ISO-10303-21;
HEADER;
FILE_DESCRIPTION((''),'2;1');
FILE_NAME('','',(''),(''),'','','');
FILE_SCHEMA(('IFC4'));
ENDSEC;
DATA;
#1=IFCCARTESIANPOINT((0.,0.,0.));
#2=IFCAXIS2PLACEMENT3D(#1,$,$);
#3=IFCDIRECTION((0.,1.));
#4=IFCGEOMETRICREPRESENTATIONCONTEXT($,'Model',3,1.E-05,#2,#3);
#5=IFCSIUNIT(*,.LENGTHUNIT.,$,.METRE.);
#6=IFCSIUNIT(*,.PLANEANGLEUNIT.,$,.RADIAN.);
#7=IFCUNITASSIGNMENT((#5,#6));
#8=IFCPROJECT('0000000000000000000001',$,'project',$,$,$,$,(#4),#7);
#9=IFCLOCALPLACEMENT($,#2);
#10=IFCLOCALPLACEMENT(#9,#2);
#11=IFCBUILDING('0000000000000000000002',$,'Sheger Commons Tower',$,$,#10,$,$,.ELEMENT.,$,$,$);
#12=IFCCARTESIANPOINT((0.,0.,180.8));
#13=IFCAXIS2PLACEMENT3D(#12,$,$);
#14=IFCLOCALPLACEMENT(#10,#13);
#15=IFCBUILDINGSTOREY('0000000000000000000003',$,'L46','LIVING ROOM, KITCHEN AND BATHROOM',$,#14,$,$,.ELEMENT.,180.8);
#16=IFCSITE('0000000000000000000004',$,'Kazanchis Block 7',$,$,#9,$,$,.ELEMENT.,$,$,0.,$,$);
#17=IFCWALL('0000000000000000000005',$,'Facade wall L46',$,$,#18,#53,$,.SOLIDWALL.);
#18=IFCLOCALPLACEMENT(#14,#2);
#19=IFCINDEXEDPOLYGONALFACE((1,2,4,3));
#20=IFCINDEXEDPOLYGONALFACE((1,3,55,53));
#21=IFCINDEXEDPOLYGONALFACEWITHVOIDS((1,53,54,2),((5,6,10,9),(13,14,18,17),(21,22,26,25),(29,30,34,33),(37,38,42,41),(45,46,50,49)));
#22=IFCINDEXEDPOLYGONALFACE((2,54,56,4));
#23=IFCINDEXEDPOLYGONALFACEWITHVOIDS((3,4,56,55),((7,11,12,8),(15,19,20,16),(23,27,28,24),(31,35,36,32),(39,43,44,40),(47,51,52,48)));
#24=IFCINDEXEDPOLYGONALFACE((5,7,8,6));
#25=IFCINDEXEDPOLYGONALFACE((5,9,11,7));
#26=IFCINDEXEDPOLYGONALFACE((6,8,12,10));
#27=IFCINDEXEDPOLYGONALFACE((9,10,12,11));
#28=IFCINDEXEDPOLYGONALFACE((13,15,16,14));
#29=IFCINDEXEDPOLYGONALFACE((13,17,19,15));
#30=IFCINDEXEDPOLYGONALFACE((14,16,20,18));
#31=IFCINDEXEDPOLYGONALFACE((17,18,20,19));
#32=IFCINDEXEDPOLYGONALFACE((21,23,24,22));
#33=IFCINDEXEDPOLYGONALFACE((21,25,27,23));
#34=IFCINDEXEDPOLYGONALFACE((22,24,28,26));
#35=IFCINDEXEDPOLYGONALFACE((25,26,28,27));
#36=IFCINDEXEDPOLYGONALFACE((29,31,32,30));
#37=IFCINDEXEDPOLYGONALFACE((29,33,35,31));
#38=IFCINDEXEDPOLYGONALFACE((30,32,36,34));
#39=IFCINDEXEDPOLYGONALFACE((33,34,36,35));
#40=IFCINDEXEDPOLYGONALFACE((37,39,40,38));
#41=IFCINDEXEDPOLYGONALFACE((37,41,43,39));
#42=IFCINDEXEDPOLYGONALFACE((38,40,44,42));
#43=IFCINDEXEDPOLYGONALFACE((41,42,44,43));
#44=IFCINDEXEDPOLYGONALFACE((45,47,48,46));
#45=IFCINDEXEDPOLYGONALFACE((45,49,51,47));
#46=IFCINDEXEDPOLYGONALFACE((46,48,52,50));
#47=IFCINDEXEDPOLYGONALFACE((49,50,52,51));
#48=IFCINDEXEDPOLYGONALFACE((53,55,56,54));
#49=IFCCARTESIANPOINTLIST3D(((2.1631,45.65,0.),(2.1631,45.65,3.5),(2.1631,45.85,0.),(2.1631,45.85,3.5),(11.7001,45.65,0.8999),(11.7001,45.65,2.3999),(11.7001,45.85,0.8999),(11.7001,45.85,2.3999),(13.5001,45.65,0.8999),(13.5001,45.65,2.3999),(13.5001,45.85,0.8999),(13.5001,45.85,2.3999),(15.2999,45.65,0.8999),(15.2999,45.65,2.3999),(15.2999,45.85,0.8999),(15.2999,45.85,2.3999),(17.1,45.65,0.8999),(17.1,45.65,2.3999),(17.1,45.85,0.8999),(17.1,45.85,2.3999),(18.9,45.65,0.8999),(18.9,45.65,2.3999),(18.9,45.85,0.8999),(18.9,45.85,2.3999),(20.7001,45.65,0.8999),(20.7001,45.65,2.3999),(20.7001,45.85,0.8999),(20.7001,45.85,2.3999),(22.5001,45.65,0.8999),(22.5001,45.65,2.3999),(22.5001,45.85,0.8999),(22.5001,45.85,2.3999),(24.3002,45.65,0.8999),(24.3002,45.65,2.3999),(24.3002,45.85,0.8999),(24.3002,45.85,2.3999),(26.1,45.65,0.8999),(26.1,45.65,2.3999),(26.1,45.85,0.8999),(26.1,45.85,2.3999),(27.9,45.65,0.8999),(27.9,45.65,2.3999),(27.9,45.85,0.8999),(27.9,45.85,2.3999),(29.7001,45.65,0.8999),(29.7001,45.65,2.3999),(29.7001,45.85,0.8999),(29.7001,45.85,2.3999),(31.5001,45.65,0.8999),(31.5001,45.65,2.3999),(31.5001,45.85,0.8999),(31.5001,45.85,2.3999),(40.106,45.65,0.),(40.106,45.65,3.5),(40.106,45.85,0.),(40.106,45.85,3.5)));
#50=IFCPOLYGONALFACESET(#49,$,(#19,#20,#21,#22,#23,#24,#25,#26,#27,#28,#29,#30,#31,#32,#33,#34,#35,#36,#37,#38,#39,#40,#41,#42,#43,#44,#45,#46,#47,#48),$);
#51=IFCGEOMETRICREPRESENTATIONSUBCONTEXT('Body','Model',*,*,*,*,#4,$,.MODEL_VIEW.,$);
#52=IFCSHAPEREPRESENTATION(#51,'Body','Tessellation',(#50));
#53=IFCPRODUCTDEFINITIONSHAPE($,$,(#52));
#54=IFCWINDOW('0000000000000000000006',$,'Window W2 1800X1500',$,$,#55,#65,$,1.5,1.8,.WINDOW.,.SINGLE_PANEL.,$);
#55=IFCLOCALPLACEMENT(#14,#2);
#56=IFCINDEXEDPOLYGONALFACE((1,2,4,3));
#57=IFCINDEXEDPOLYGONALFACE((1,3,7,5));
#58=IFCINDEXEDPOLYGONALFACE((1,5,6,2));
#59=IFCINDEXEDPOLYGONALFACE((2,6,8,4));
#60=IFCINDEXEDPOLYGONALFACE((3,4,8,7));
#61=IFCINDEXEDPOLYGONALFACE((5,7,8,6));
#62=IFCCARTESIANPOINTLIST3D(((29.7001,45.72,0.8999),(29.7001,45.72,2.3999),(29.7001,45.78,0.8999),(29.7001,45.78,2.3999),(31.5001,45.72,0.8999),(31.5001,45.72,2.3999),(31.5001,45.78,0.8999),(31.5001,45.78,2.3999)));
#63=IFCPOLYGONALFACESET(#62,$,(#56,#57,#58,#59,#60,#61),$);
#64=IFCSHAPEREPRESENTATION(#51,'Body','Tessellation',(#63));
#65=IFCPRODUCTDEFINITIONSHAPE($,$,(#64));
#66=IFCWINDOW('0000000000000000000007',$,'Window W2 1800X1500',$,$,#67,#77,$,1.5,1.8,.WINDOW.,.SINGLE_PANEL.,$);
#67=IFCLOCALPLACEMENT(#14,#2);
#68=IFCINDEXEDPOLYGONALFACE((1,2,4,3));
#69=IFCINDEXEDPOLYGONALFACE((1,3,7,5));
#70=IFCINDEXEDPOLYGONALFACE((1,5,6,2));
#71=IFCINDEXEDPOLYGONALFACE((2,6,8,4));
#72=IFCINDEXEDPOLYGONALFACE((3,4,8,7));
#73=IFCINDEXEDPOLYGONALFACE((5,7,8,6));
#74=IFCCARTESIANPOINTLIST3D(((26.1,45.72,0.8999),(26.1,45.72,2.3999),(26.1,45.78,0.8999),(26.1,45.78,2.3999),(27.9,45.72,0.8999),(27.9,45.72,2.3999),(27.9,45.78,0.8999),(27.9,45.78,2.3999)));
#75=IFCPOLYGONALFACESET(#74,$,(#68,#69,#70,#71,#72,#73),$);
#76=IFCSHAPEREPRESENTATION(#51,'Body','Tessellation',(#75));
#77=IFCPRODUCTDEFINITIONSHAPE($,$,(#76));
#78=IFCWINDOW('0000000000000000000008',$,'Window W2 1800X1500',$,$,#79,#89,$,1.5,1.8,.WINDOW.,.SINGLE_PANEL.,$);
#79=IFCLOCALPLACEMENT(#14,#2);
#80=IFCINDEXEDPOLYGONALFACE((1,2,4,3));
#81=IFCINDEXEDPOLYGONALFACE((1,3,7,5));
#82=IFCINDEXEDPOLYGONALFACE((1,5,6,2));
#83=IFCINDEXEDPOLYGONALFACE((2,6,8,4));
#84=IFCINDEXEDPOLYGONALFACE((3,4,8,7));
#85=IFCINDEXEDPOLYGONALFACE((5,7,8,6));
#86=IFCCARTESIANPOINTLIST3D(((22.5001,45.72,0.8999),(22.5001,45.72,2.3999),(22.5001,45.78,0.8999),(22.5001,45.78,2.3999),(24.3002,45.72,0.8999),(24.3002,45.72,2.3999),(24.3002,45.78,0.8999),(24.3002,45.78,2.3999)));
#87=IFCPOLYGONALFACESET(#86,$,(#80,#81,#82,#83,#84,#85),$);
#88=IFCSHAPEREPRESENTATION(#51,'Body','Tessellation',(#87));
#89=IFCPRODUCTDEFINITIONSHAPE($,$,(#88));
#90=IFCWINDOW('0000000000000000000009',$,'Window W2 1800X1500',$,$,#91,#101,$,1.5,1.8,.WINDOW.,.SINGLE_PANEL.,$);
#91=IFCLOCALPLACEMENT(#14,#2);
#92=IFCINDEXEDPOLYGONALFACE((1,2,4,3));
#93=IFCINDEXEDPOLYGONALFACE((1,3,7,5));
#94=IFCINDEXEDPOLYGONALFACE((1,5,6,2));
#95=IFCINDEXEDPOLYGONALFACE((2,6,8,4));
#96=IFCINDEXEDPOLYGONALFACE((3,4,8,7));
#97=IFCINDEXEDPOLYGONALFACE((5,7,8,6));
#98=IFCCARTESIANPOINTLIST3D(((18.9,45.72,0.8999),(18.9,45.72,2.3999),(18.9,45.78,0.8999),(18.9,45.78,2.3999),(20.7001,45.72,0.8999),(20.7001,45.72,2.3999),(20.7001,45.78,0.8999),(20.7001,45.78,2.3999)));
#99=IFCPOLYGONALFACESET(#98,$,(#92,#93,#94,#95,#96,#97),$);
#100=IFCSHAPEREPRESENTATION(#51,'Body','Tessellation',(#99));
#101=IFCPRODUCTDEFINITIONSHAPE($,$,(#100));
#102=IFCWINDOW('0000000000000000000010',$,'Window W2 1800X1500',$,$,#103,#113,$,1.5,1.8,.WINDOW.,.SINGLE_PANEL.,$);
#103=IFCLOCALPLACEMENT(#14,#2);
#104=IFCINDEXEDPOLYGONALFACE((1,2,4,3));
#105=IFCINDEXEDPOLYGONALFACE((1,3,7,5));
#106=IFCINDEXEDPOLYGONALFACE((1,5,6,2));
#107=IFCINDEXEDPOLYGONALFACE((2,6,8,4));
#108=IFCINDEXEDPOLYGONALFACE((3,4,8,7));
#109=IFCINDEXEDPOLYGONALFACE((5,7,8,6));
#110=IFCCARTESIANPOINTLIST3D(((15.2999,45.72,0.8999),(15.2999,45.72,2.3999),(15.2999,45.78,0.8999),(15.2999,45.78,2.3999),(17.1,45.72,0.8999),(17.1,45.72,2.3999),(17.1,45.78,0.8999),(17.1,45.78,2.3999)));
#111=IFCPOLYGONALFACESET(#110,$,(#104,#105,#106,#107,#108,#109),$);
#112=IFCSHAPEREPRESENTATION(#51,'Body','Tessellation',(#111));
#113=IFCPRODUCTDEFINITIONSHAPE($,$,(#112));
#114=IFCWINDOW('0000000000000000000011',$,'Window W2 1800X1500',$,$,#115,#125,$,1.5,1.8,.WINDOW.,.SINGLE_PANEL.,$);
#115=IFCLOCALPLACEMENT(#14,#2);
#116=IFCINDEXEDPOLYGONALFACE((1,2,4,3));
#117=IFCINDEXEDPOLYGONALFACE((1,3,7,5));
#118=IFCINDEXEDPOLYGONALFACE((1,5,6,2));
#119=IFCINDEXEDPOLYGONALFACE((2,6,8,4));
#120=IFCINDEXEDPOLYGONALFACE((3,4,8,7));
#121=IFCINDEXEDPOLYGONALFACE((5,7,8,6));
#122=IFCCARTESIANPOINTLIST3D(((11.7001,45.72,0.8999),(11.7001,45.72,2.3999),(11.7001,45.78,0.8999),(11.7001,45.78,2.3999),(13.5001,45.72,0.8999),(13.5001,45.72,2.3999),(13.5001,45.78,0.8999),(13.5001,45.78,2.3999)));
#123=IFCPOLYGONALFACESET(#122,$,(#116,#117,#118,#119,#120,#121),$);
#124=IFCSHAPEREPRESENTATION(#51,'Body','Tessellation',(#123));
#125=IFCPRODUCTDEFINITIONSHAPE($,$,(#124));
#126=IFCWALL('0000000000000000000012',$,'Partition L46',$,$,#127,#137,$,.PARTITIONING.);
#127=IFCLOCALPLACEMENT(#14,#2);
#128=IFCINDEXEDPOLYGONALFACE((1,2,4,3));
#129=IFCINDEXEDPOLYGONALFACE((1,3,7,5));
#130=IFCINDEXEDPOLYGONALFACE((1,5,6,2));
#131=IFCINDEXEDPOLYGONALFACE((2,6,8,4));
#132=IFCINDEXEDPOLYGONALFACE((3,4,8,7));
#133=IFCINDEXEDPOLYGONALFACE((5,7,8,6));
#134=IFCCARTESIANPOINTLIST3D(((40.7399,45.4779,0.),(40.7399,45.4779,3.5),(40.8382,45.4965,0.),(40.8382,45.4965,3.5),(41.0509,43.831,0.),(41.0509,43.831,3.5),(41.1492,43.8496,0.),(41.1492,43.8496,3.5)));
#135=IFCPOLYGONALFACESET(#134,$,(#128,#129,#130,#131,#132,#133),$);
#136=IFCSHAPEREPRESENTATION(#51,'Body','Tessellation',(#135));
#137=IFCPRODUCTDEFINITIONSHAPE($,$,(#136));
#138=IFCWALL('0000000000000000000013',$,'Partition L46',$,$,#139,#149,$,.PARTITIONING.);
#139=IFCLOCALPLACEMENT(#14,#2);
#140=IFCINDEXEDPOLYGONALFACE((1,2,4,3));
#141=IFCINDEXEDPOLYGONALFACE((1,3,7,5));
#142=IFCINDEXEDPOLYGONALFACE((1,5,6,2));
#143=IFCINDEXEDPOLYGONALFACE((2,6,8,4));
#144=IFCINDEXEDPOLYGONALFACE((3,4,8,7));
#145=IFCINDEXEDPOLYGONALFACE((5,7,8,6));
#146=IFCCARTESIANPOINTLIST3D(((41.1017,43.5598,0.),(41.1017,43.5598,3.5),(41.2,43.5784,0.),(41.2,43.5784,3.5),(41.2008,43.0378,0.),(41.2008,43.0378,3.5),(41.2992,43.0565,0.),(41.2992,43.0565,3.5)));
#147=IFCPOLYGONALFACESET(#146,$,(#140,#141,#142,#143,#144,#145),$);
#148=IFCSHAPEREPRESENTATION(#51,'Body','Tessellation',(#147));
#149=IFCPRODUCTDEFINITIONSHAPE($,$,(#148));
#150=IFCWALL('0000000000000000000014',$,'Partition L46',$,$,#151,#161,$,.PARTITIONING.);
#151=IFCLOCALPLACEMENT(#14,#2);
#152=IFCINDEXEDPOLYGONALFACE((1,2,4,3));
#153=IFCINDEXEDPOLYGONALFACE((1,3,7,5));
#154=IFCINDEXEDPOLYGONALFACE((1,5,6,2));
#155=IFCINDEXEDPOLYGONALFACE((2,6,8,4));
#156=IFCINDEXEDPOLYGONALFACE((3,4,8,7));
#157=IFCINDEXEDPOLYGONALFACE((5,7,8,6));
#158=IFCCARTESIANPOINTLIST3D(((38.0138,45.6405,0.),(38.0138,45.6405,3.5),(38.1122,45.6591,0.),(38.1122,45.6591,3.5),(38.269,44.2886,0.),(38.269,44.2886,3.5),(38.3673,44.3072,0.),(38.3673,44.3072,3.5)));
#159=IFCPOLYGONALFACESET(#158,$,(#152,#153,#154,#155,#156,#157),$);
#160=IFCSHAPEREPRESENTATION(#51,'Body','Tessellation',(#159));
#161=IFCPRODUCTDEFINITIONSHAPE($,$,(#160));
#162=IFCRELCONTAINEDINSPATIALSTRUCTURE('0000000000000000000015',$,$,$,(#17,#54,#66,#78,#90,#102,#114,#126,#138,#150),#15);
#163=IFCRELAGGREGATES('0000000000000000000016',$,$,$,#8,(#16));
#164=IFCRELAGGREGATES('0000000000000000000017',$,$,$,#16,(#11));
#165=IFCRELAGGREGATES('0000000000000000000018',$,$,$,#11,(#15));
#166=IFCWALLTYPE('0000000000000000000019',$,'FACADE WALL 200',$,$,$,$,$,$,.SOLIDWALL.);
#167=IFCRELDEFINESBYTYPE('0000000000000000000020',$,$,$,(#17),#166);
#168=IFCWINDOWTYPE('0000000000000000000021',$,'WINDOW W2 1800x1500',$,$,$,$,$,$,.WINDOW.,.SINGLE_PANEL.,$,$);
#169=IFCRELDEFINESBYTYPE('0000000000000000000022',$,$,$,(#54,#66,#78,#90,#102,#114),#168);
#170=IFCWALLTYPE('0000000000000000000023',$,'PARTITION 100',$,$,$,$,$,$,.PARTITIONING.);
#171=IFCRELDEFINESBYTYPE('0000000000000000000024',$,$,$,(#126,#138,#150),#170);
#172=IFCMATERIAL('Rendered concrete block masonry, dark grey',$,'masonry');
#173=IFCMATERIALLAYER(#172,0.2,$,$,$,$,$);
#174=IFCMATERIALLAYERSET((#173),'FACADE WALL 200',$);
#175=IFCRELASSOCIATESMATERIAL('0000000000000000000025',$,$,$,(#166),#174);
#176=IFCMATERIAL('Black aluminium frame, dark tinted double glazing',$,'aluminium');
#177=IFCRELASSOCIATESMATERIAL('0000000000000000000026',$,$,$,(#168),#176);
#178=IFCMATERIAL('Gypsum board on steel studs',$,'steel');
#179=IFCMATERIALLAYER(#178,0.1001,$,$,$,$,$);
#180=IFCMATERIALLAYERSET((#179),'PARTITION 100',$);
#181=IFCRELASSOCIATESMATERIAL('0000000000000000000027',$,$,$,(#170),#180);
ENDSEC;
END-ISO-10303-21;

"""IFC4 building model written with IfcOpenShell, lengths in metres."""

from ifc_helpers import new_model, si_unit, direction, frame, frame_2d, origin, place, context, subcontext, project, spatial, rectangle, extrude, material, layer, layer_set, type_object, element, fill, save


model = new_model("IFC4")

# Units and contexts
model_context = context("Model", 3, precision=1e-05, world=origin(), true_north=direction((0.0, 1.0)))
body_context = subcontext(model_context, "Body", "Model", "MODEL_VIEW")
ifc_project = project(units=[si_unit("LENGTHUNIT", "METRE"), si_unit("PLANEANGLEUNIT", "RADIAN")], contexts=[model_context])

# Site, building, storey
site_placement = place(None, origin())
site = spatial("IfcSite", under=ifc_project, at=site_placement, Name="Kazanchis Block 7", CompositionType="ELEMENT", RefElevation=0.0)
building_placement = place(site_placement, origin())
building = spatial("IfcBuilding", under=site, at=building_placement, Name="Sheger Commons Tower", CompositionType="ELEMENT")
storey_placement = place(building_placement, frame((0.0, 0.0, 180.8)))
storey = spatial("IfcBuildingStorey", under=building, at=storey_placement, Name="L46", Description="LIVING ROOM, KITCHEN AND BATHROOM", CompositionType="ELEMENT", Elevation=180.8)

# Shared definitions
ifc_material_1 = material(Name="Rendered concrete block masonry, dark grey", Category="masonry")
ifc_layer_1 = layer(ifc_material_1, 0.2)
ifc_layer_set_1 = layer_set([ifc_layer_1], Name="FACADE WALL 200")
wall_type_1 = type_object("IfcWallType", Name="FACADE WALL 200", PredefinedType="SOLIDWALL", material=ifc_layer_set_1)

# Wall, openings, windows
wall_1_placement = place(storey_placement, frame((40.106, 45.75, 0.0), z_axis=(0.0, 0.0, 1.0), x_axis=(-1.0, 0.0, 0.0)))
wall_1 = element("IfcWall", 1, at=wall_1_placement, inside=storey, type_object=wall_type_1, Name="Facade wall L46", PredefinedType="SOLIDWALL", context=body_context, shape_type="SweptSolid", body=[
    extrude(rectangle(XDim=37.9429, YDim=0.2, at=frame_2d((18.9714, 0.0))), origin(), (0.0, 0.0, 1.0), 3.5),
])
opening_1_placement = place(wall_1_placement, frame((8.606, 0.0, 0.8999)))
opening_1 = element("IfcOpeningElement", 2, at=opening_1_placement, cuts=wall_1, PredefinedType="OPENING", context=body_context, shape_type="SweptSolid", body=[
    extrude(rectangle(XDim=1.8, YDim=1.5, at=frame_2d((0.8999, 0.75))), frame((0.0, 0.1099, 0.0), z_axis=(0.0, -1.0, 0.0), x_axis=(1.0, 0.0, 0.0)), (0.0, 0.0, 1.0), 0.22),
])
opening_2_placement = place(wall_1_placement, frame((12.2061, 0.0, 0.8999)))
opening_2 = element("IfcOpeningElement", 3, at=opening_2_placement, cuts=wall_1, PredefinedType="OPENING", context=body_context, shape_type="SweptSolid", body=[
    extrude(rectangle(XDim=1.8, YDim=1.5, at=frame_2d((0.8999, 0.75))), frame((0.0, 0.1099, 0.0), z_axis=(0.0, -1.0, 0.0), x_axis=(1.0, 0.0, 0.0)), (0.0, 0.0, 1.0), 0.22),
])
opening_3_placement = place(wall_1_placement, frame((15.8059, 0.0, 0.8999)))
opening_3 = element("IfcOpeningElement", 4, at=opening_3_placement, cuts=wall_1, PredefinedType="OPENING", context=body_context, shape_type="SweptSolid", body=[
    extrude(rectangle(XDim=1.8, YDim=1.5, at=frame_2d((0.8999, 0.75))), frame((0.0, 0.1099, 0.0), z_axis=(0.0, -1.0, 0.0), x_axis=(1.0, 0.0, 0.0)), (0.0, 0.0, 1.0), 0.22),
])
opening_4_placement = place(wall_1_placement, frame((19.406, 0.0, 0.8999)))
opening_4 = element("IfcOpeningElement", 5, at=opening_4_placement, cuts=wall_1, PredefinedType="OPENING", context=body_context, shape_type="SweptSolid", body=[
    extrude(rectangle(XDim=1.8, YDim=1.5, at=frame_2d((0.8999, 0.75))), frame((0.0, 0.1099, 0.0), z_axis=(0.0, -1.0, 0.0), x_axis=(1.0, 0.0, 0.0)), (0.0, 0.0, 1.0), 0.22),
])
opening_5_placement = place(wall_1_placement, frame((23.0061, 0.0, 0.8999)))
opening_5 = element("IfcOpeningElement", 6, at=opening_5_placement, cuts=wall_1, PredefinedType="OPENING", context=body_context, shape_type="SweptSolid", body=[
    extrude(rectangle(XDim=1.8, YDim=1.5, at=frame_2d((0.8999, 0.75))), frame((0.0, 0.1099, 0.0), z_axis=(0.0, -1.0, 0.0), x_axis=(1.0, 0.0, 0.0)), (0.0, 0.0, 1.0), 0.22),
])
opening_6_placement = place(wall_1_placement, frame((26.606, 0.0, 0.8999)))
opening_6 = element("IfcOpeningElement", 7, at=opening_6_placement, cuts=wall_1, PredefinedType="OPENING", context=body_context, shape_type="SweptSolid", body=[
    extrude(rectangle(XDim=1.8, YDim=1.5, at=frame_2d((0.8999, 0.75))), frame((0.0, 0.1099, 0.0), z_axis=(0.0, -1.0, 0.0), x_axis=(1.0, 0.0, 0.0)), (0.0, 0.0, 1.0), 0.22),
])
ifc_material_2 = material(Name="Black aluminium frame, dark tinted double glazing", Category="aluminium")
window_type = type_object("IfcWindowType", Name="WINDOW W2 1800x1500", PartitioningType="SINGLE_PANEL", PredefinedType="WINDOW", material=ifc_material_2)
window_1_placement = place(opening_1_placement, origin())
window_1 = element("IfcWindow", 8, at=window_1_placement, inside=storey, type_object=window_type, Name="Window W2 1800X1500", OverallHeight=1.5, OverallWidth=1.8, PartitioningType="SINGLE_PANEL", PredefinedType="WINDOW", context=body_context, shape_type="SweptSolid", body=[
    extrude(rectangle(XDim=1.8, YDim=1.5, at=frame_2d((0.8999, 0.75))), frame((0.0, 0.03, 0.0), z_axis=(0.0, -1.0, 0.0), x_axis=(1.0, 0.0, 0.0)), (0.0, 0.0, 1.0), 0.0601),
])
fill(opening_1, window_1)
window_2_placement = place(opening_2_placement, origin())
window_2 = element("IfcWindow", 9, at=window_2_placement, inside=storey, type_object=window_type, Name="Window W2 1800X1500", OverallHeight=1.5, OverallWidth=1.8, PartitioningType="SINGLE_PANEL", PredefinedType="WINDOW", context=body_context, shape_type="SweptSolid", body=[
    extrude(rectangle(XDim=1.8, YDim=1.5, at=frame_2d((0.8999, 0.75))), frame((0.0, 0.03, 0.0), z_axis=(0.0, -1.0, 0.0), x_axis=(1.0, 0.0, 0.0)), (0.0, 0.0, 1.0), 0.0601),
])
fill(opening_2, window_2)
window_3_placement = place(opening_3_placement, origin())
window_3 = element("IfcWindow", 10, at=window_3_placement, inside=storey, type_object=window_type, Name="Window W2 1800X1500", OverallHeight=1.5, OverallWidth=1.8, PartitioningType="SINGLE_PANEL", PredefinedType="WINDOW", context=body_context, shape_type="SweptSolid", body=[
    extrude(rectangle(XDim=1.8, YDim=1.5, at=frame_2d((0.8999, 0.75))), frame((0.0, 0.03, 0.0), z_axis=(0.0, -1.0, 0.0), x_axis=(1.0, 0.0, 0.0)), (0.0, 0.0, 1.0), 0.0601),
])
fill(opening_3, window_3)
window_4_placement = place(opening_4_placement, origin())
window_4 = element("IfcWindow", 11, at=window_4_placement, inside=storey, type_object=window_type, Name="Window W2 1800X1500", OverallHeight=1.5, OverallWidth=1.8, PartitioningType="SINGLE_PANEL", PredefinedType="WINDOW", context=body_context, shape_type="SweptSolid", body=[
    extrude(rectangle(XDim=1.8, YDim=1.5, at=frame_2d((0.8999, 0.75))), frame((0.0, 0.03, 0.0), z_axis=(0.0, -1.0, 0.0), x_axis=(1.0, 0.0, 0.0)), (0.0, 0.0, 1.0), 0.0601),
])
fill(opening_4, window_4)
window_5_placement = place(opening_5_placement, origin())
window_5 = element("IfcWindow", 12, at=window_5_placement, inside=storey, type_object=window_type, Name="Window W2 1800X1500", OverallHeight=1.5, OverallWidth=1.8, PartitioningType="SINGLE_PANEL", PredefinedType="WINDOW", context=body_context, shape_type="SweptSolid", body=[
    extrude(rectangle(XDim=1.8, YDim=1.5, at=frame_2d((0.8999, 0.75))), frame((0.0, 0.03, 0.0), z_axis=(0.0, -1.0, 0.0), x_axis=(1.0, 0.0, 0.0)), (0.0, 0.0, 1.0), 0.0601),
])
fill(opening_5, window_5)
window_6_placement = place(opening_6_placement, origin())
window_6 = element("IfcWindow", 13, at=window_6_placement, inside=storey, type_object=window_type, Name="Window W2 1800X1500", OverallHeight=1.5, OverallWidth=1.8, PartitioningType="SINGLE_PANEL", PredefinedType="WINDOW", context=body_context, shape_type="SweptSolid", body=[
    extrude(rectangle(XDim=1.8, YDim=1.5, at=frame_2d((0.8999, 0.75))), frame((0.0, 0.03, 0.0), z_axis=(0.0, -1.0, 0.0), x_axis=(1.0, 0.0, 0.0)), (0.0, 0.0, 1.0), 0.0601),
])
fill(opening_6, window_6)

# Walls
ifc_material_3 = material(Name="Gypsum board on steel studs", Category="steel")
ifc_layer_2 = layer(ifc_material_3, 0.1001)
ifc_layer_set_2 = layer_set([ifc_layer_2], Name="PARTITION 100")
wall_type_2 = type_object("IfcWallType", Name="PARTITION 100", PredefinedType="PARTITIONING", material=ifc_layer_set_2)
wall_2_placement = place(storey_placement, frame((40.7891, 45.4871, 0.0), z_axis=(0.0, 0.0, 1.0), x_axis=(0.185572, -0.982631, 0.0)))
element("IfcWall", 14, at=wall_2_placement, inside=storey, type_object=wall_type_2, Name="Partition L46", PredefinedType="PARTITIONING", context=body_context, shape_type="SweptSolid", body=[
    extrude(rectangle(XDim=1.676, YDim=0.1001, at=frame_2d((0.8379, 0.0))), origin(), (0.0, 0.0, 1.0), 3.5),
])
wall_3_placement = place(storey_placement, frame((41.1509, 43.5691, 0.0), z_axis=(0.0, 0.0, 1.0), x_axis=(0.186563, -0.982443, 0.0)))
element("IfcWall", 15, at=wall_3_placement, inside=storey, type_object=wall_type_2, Name="Partition L46", PredefinedType="PARTITIONING", context=body_context, shape_type="SweptSolid", body=[
    extrude(rectangle(XDim=0.5312, YDim=0.1001, at=frame_2d((0.2656, 0.0))), origin(), (0.0, 0.0, 1.0), 3.5),
])
wall_4_placement = place(storey_placement, frame((38.063, 45.6499, 0.0), z_axis=(0.0, 0.0, 1.0), x_axis=(0.185456, -0.982653, 0.0)))
element("IfcWall", 16, at=wall_4_placement, inside=storey, type_object=wall_type_2, Name="Partition L46", PredefinedType="PARTITIONING", context=body_context, shape_type="SweptSolid", body=[
    extrude(rectangle(XDim=1.3757, YDim=0.1001, at=frame_2d((0.688, 0.0))), origin(), (0.0, 0.0, 1.0), 3.5),
])

save(model, "model.ifc")
